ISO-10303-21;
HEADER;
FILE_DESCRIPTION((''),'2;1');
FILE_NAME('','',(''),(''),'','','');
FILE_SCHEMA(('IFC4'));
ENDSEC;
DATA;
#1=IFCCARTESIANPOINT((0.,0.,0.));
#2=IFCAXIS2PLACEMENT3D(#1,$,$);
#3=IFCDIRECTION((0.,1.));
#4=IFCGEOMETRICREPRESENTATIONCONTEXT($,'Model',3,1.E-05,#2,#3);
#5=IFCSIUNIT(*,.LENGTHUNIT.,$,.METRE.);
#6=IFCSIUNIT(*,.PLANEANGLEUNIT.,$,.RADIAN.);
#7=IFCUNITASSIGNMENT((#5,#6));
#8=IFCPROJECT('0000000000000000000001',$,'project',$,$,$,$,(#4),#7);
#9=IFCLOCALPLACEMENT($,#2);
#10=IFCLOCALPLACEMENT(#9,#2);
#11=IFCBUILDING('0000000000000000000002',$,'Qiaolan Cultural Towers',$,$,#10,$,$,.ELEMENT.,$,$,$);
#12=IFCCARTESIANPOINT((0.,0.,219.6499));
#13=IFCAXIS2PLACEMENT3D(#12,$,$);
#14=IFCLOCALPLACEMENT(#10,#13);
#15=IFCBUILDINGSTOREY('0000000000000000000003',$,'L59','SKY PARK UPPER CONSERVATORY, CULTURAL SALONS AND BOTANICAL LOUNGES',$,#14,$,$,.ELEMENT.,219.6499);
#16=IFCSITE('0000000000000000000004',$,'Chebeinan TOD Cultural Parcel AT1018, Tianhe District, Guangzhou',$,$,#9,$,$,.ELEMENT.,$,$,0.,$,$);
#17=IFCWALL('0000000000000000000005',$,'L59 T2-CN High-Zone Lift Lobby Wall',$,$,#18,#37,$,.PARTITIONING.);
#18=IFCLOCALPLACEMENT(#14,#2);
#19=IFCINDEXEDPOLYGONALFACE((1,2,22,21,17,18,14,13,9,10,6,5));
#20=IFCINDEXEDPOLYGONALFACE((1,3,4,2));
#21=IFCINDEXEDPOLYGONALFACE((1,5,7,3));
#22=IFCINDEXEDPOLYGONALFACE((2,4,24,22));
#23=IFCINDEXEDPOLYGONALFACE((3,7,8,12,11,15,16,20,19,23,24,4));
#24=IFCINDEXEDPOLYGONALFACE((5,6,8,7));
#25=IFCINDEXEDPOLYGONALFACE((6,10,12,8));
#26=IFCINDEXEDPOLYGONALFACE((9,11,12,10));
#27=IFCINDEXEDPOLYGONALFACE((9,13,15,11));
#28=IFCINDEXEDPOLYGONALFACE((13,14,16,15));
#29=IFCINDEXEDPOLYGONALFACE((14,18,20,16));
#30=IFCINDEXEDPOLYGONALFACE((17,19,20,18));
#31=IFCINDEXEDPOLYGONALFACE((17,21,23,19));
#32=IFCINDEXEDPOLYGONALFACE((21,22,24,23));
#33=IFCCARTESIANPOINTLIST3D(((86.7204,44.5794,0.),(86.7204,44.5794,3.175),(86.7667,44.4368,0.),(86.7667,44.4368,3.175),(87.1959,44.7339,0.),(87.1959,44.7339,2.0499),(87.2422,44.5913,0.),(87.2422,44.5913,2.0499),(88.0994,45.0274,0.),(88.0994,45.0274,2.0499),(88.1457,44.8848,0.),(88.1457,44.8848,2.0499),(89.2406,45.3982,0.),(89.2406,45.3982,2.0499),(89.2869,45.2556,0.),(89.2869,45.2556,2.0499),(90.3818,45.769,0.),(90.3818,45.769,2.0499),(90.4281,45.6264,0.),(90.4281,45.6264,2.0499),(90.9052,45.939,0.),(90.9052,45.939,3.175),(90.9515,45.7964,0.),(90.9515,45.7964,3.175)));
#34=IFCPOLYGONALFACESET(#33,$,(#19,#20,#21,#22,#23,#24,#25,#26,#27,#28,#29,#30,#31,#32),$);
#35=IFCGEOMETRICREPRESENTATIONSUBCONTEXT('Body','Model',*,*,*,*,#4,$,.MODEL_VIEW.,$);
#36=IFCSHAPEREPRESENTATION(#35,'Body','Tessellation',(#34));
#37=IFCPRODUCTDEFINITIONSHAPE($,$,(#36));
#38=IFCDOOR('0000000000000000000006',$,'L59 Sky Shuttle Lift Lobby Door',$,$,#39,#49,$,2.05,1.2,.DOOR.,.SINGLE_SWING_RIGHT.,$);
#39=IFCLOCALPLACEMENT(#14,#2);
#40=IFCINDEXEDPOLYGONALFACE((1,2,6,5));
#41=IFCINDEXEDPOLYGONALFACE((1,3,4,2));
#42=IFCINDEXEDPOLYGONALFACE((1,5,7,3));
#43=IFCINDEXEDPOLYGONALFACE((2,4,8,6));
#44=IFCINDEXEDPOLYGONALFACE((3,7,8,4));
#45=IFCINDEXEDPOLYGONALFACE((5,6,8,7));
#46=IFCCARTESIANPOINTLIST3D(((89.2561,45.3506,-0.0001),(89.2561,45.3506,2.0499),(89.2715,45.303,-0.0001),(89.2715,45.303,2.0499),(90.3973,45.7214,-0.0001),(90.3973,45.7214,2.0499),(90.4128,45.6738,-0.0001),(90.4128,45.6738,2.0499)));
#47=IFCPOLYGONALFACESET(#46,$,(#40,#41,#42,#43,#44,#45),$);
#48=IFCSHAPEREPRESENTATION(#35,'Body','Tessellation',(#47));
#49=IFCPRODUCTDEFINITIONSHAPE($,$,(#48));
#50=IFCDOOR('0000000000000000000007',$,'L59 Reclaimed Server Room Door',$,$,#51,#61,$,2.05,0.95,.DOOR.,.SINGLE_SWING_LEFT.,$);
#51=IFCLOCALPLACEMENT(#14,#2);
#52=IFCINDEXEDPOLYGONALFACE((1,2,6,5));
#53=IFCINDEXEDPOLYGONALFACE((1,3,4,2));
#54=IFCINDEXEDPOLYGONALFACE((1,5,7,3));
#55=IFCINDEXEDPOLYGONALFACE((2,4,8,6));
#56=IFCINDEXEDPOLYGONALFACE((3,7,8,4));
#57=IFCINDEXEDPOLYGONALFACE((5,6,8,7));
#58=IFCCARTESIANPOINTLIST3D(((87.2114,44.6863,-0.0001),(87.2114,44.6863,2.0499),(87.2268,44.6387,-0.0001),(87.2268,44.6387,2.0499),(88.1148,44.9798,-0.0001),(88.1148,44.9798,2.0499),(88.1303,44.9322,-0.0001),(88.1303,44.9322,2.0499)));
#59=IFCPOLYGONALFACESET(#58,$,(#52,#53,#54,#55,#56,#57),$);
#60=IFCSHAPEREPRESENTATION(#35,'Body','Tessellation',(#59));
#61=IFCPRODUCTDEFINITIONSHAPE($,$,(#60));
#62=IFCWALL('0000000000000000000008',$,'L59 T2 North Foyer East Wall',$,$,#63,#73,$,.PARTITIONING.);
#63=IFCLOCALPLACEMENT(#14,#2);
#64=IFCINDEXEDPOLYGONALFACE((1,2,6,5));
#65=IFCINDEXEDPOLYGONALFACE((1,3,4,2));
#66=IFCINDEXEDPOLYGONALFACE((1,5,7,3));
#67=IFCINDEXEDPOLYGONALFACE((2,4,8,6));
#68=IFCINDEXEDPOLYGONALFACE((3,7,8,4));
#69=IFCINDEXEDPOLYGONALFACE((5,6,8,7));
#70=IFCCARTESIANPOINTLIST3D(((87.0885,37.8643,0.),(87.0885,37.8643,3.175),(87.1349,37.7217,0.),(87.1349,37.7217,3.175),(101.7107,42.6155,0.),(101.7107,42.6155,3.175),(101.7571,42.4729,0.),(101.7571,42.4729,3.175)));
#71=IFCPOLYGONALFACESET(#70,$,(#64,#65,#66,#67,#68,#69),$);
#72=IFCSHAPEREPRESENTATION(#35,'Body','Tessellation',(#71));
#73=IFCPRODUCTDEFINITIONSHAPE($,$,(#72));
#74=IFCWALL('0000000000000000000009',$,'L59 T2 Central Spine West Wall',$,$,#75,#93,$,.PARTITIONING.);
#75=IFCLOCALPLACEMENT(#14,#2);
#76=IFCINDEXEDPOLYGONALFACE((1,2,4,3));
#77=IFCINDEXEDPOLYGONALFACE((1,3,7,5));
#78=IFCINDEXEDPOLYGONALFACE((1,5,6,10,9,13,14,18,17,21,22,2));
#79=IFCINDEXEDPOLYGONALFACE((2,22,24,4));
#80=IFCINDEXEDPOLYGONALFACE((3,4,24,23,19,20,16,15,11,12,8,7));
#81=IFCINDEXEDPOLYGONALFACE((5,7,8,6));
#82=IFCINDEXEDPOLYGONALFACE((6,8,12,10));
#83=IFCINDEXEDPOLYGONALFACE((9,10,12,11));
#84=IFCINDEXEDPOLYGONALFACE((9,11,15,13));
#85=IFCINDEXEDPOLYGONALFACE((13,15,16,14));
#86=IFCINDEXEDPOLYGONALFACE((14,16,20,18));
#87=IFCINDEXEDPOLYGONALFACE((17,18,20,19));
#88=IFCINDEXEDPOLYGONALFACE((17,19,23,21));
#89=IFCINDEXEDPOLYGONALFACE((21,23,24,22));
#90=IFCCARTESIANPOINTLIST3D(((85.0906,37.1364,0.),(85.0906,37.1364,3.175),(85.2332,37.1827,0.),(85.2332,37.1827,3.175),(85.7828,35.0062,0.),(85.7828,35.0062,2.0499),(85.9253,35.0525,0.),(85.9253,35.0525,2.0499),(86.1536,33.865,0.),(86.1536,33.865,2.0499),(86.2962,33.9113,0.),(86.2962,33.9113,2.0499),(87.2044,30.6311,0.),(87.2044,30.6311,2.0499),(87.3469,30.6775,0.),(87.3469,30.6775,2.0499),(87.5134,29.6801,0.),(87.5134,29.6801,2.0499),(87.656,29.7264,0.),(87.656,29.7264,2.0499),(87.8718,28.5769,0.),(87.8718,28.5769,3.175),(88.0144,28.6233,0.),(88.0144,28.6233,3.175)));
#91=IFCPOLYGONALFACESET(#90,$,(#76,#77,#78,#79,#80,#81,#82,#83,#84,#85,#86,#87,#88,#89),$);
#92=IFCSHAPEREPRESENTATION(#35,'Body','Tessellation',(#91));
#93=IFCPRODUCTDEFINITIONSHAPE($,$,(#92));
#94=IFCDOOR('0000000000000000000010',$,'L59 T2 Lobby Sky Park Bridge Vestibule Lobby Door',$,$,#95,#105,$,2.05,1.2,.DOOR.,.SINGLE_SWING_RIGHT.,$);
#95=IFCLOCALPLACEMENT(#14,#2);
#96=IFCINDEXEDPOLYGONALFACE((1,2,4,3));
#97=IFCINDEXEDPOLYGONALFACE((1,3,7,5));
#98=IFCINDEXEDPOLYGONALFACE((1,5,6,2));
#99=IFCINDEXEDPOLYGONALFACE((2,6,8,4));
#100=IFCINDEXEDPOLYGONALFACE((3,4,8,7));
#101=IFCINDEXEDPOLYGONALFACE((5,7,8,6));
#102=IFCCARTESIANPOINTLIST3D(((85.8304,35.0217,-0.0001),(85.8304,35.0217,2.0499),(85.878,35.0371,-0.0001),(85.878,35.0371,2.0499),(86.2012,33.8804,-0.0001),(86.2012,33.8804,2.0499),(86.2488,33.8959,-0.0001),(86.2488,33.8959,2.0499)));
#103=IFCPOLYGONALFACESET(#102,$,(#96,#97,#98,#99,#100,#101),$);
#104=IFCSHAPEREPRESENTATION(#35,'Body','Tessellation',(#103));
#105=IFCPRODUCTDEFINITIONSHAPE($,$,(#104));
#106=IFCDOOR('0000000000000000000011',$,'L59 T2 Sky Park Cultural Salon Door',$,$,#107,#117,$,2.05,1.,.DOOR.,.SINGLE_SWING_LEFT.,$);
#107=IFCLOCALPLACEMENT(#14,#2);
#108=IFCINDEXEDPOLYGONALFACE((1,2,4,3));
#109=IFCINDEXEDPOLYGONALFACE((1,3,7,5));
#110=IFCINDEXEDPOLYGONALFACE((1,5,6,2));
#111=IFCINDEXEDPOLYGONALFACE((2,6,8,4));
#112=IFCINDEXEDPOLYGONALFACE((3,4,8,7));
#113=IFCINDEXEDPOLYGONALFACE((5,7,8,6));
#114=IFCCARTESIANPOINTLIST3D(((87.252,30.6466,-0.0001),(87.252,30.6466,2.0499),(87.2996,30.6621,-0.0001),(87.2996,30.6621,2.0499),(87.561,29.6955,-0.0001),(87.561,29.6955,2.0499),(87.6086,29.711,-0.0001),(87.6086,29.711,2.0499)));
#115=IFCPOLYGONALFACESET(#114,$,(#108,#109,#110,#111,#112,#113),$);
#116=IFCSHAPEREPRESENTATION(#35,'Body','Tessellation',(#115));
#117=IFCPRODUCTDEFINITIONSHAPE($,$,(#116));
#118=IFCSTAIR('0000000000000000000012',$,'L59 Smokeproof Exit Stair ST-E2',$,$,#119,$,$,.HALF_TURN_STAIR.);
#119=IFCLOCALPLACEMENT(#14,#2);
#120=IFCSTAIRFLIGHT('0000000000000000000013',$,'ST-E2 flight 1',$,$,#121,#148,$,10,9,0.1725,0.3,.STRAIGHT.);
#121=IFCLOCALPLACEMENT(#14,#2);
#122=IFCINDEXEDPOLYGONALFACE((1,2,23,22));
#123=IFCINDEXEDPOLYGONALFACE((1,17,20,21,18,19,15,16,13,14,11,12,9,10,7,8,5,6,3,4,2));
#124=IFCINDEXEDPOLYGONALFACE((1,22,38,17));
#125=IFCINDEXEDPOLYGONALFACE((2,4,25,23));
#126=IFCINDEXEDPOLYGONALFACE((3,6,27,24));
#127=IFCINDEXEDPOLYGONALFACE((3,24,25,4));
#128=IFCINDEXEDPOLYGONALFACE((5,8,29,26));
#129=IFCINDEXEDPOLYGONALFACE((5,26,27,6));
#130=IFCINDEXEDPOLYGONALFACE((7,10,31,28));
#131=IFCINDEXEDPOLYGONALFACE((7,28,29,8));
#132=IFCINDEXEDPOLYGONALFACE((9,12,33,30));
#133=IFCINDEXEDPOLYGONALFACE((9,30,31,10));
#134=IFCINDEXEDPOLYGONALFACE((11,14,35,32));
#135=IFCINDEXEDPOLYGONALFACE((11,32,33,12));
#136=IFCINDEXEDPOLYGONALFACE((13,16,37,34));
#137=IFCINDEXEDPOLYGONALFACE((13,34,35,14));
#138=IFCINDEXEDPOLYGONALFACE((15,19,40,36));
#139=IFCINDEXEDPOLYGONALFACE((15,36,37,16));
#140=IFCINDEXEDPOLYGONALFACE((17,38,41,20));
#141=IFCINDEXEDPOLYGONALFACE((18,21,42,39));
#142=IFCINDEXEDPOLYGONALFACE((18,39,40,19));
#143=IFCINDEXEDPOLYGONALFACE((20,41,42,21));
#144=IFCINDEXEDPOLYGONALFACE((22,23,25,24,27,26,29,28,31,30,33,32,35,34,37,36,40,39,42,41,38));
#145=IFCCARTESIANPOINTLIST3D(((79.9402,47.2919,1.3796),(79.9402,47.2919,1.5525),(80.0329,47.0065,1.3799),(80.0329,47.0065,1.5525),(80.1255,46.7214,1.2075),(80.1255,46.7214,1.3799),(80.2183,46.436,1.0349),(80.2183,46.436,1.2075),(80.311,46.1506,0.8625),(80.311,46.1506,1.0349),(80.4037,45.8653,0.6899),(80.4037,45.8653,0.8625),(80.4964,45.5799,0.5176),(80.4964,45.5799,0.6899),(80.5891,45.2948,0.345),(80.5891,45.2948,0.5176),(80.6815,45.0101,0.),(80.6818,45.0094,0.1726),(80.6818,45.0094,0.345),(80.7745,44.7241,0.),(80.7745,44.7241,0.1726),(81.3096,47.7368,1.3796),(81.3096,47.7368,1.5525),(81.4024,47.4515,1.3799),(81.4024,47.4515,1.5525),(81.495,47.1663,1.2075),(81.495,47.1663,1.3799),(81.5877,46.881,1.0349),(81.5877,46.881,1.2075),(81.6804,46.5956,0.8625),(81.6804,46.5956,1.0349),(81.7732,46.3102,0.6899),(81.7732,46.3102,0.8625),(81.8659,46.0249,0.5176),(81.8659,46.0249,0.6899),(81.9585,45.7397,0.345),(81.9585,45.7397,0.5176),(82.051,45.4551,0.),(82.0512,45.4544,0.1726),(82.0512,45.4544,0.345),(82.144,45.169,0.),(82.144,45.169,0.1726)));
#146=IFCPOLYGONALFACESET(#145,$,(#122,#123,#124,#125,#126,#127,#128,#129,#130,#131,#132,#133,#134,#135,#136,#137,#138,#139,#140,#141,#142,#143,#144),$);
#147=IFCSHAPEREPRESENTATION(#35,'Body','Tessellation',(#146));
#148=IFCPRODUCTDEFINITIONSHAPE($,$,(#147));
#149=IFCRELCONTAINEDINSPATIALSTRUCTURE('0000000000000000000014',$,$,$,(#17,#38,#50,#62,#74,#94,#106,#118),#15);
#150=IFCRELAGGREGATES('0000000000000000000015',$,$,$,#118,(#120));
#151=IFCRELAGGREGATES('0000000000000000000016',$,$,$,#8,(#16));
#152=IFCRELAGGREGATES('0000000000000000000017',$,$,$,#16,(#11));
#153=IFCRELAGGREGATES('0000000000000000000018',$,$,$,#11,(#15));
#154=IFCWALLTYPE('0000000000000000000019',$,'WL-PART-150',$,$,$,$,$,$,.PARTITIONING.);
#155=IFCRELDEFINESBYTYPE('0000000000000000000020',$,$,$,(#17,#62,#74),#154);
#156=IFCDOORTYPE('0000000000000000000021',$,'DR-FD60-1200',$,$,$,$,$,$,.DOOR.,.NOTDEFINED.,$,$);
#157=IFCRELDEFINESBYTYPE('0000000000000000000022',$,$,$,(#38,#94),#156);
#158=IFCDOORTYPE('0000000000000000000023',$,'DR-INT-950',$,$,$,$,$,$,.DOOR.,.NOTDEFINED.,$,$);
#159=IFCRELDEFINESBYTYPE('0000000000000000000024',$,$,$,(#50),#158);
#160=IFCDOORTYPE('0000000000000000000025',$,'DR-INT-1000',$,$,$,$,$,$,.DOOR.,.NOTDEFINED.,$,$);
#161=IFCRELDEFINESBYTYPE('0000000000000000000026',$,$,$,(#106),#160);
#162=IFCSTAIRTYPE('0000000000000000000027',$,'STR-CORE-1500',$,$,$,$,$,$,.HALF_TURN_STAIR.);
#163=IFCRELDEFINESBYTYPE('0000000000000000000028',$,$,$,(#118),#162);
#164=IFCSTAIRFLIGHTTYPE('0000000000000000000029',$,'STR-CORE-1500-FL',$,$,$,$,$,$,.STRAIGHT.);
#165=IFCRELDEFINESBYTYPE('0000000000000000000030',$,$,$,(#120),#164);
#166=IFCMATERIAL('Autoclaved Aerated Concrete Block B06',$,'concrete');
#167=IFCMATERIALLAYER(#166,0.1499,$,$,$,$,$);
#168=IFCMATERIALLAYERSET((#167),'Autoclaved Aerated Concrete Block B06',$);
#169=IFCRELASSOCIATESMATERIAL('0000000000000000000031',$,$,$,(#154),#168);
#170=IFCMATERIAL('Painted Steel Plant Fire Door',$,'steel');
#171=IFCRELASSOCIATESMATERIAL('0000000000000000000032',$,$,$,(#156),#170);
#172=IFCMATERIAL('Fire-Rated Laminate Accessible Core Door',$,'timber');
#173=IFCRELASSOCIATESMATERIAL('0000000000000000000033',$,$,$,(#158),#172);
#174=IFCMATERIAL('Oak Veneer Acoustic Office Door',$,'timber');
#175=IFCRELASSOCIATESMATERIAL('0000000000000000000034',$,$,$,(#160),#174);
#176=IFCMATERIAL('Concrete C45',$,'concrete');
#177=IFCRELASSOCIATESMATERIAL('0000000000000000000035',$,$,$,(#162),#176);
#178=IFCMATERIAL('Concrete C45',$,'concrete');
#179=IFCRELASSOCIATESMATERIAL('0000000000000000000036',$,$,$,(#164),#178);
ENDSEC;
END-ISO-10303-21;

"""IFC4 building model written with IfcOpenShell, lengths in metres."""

from ifc_helpers import new_model, si_unit, direction, frame, frame_2d, origin, place, context, subcontext, project, spatial, polyline, rectangle, outline, extrude, material, layer, layer_set, type_object, element, fill, aggregate, save


model = new_model("IFC4")

# Units and contexts
model_context = context("Model", 3, precision=1e-05, world=origin(), true_north=direction((0.0, 1.0)))
body_context = subcontext(model_context, "Body", "Model", "MODEL_VIEW")
ifc_project = project(units=[si_unit("LENGTHUNIT", "METRE"), si_unit("PLANEANGLEUNIT", "RADIAN")], contexts=[model_context])

# Site, building, storey
site_placement = place(None, origin())
site = spatial("IfcSite", under=ifc_project, at=site_placement, Name="Chebeinan TOD Cultural Parcel AT1018, Tianhe District, Guangzhou", CompositionType="ELEMENT", RefElevation=0.0)
building_placement = place(site_placement, origin())
building = spatial("IfcBuilding", under=site, at=building_placement, Name="Qiaolan Cultural Towers", CompositionType="ELEMENT")
storey_placement = place(building_placement, frame((0.0, 0.0, 219.6499)))
storey = spatial("IfcBuildingStorey", under=building, at=storey_placement, Name="L59", Description="SKY PARK UPPER CONSERVATORY, CULTURAL SALONS AND BOTANICAL LOUNGES", CompositionType="ELEMENT", Elevation=219.6499)

# Wall, openings, doors
ifc_material_1 = material(Name="Autoclaved Aerated Concrete Block B06", Category="concrete")
ifc_layer_1 = layer(ifc_material_1, 0.1499)
ifc_layer_set_1 = layer_set([ifc_layer_1], Name="Autoclaved Aerated Concrete Block B06")
wall_type_1 = type_object("IfcWallType", Name="WL-PART-150", PredefinedType="PARTITIONING", material=ifc_layer_set_1)
wall_1_placement = place(storey_placement, frame((86.7434, 44.5081, 0.0), z_axis=(0.0, 0.0, 1.0), x_axis=(0.951064, 0.308994, 0.0)))
wall_1 = element("IfcWall", 1, at=wall_1_placement, inside=storey, type_object=wall_type_1, Name="L59 T2-CN High-Zone Lift Lobby Wall", PredefinedType="PARTITIONING", context=body_context, shape_type="SweptSolid", body=[
    extrude(rectangle(XDim=4.4001, YDim=0.1499, at=frame_2d((2.2002, 0.0))), origin(), (0.0, 0.0, 1.0), 3.175),
])
opening_1_placement = place(wall_1_placement, frame((0.5, 0.0, 0.0)))
opening_1 = element("IfcOpeningElement", 2, at=opening_1_placement, cuts=wall_1, PredefinedType="OPENING", context=body_context, shape_type="SweptSolid", body=[
    extrude(rectangle(XDim=0.95, YDim=2.05, at=frame_2d((0.4751, 1.0249))), frame((0.0, 0.085, 0.0), z_axis=(0.0, -1.0, 0.0), x_axis=(1.0, 0.0, 0.0)), (0.0, 0.0, 1.0), 0.1699),
])
opening_2_placement = place(wall_1_placement, frame((2.6499, 0.0, 0.0)))
opening_2 = element("IfcOpeningElement", 3, at=opening_2_placement, cuts=wall_1, PredefinedType="OPENING", context=body_context, shape_type="SweptSolid", body=[
    extrude(rectangle(XDim=1.2, YDim=2.05, at=frame_2d((0.6001, 1.0249))), frame((0.0, 0.085, 0.0), z_axis=(0.0, -1.0, 0.0), x_axis=(1.0, 0.0, 0.0)), (0.0, 0.0, 1.0), 0.1699),
])
ifc_material_2 = material(Name="Painted Steel Plant Fire Door", Category="steel")
door_type_1 = type_object("IfcDoorType", Name="DR-FD60-1200", OperationType="NOTDEFINED", PredefinedType="DOOR", material=ifc_material_2)
door_1_placement = place(opening_2_placement, origin())
door_1 = element("IfcDoor", 4, at=door_1_placement, inside=storey, type_object=door_type_1, Name="L59 Sky Shuttle Lift Lobby Door", OperationType="SINGLE_SWING_RIGHT", OverallHeight=2.05, OverallWidth=1.2, PredefinedType="DOOR", context=body_context, shape_type="SweptSolid", body=[
    extrude(rectangle(XDim=1.2, YDim=2.05, at=frame_2d((0.6001, 1.0249))), frame((0.0, 0.0249, 0.0), z_axis=(0.0, -1.0, 0.0), x_axis=(1.0, 0.0, 0.0)), (0.0, 0.0, 1.0), 0.05),
])
fill(opening_2, door_1)
ifc_material_3 = material(Name="Fire-Rated Laminate Accessible Core Door", Category="timber")
door_type_2 = type_object("IfcDoorType", Name="DR-INT-950", OperationType="NOTDEFINED", PredefinedType="DOOR", material=ifc_material_3)
door_2_placement = place(opening_1_placement, origin())
door_2 = element("IfcDoor", 5, at=door_2_placement, inside=storey, type_object=door_type_2, Name="L59 Reclaimed Server Room Door", OperationType="SINGLE_SWING_LEFT", OverallHeight=2.05, OverallWidth=0.95, PredefinedType="DOOR", context=body_context, shape_type="SweptSolid", body=[
    extrude(rectangle(XDim=0.95, YDim=2.05, at=frame_2d((0.4751, 1.0249))), frame((0.0, 0.0249, 0.0), z_axis=(0.0, -1.0, 0.0), x_axis=(1.0, 0.0, 0.0)), (0.0, 0.0, 1.0), 0.05),
])
fill(opening_1, door_2)

# Wall
wall_2_placement = place(storey_placement, frame((87.1116, 37.793, 0.0), z_axis=(0.0, 0.0, 1.0), x_axis=(0.951054, 0.309025, 0.0)))
element("IfcWall", 6, at=wall_2_placement, inside=storey, type_object=wall_type_1, Name="L59 T2 North Foyer East Wall", PredefinedType="PARTITIONING", context=body_context, shape_type="SweptSolid", body=[
    extrude(rectangle(XDim=15.3748, YDim=0.1499, at=frame_2d((7.6875, 0.0))), origin(), (0.0, 0.0, 1.0), 3.175),
])

# Wall, openings, doors
wall_3_placement = place(storey_placement, frame((87.9431, 28.6001, 0.0), z_axis=(0.0, 0.0, 1.0), x_axis=(-0.309025, 0.951054, 0.0)))
wall_3 = element("IfcWall", 7, at=wall_3_placement, inside=storey, type_object=wall_type_1, Name="L59 T2 Central Spine West Wall", PredefinedType="PARTITIONING", context=body_context, shape_type="SweptSolid", body=[
    extrude(rectangle(XDim=9.0, YDim=0.1499, at=frame_2d((4.5, 0.0))), origin(), (0.0, 0.0, 1.0), 3.175),
])
opening_3_placement = place(wall_3_placement, frame((1.1599, 0.0, 0.0)))
opening_3 = element("IfcOpeningElement", 8, at=opening_3_placement, cuts=wall_3, PredefinedType="OPENING", context=body_context, shape_type="SweptSolid", body=[
    extrude(rectangle(XDim=1.0, YDim=2.05, at=frame_2d((0.5, 1.0249))), frame((0.0, 0.085, 0.0), z_axis=(0.0, -1.0, 0.0), x_axis=(1.0, 0.0, 0.0)), (0.0, 0.0, 1.0), 0.1699),
])
opening_4_placement = place(wall_3_placement, frame((5.5601, 0.0, 0.0)))
opening_4 = element("IfcOpeningElement", 9, at=opening_4_placement, cuts=wall_3, PredefinedType="OPENING", context=body_context, shape_type="SweptSolid", body=[
    extrude(rectangle(XDim=1.2, YDim=2.05, at=frame_2d((0.6001, 1.0249))), frame((0.0, 0.085, 0.0), z_axis=(0.0, -1.0, 0.0), x_axis=(1.0, 0.0, 0.0)), (0.0, 0.0, 1.0), 0.1699),
])
door_3_placement = place(opening_4_placement, origin())
door_3 = element("IfcDoor", 10, at=door_3_placement, inside=storey, type_object=door_type_1, Name="L59 T2 Lobby Sky Park Bridge Vestibule Lobby Door", OperationType="SINGLE_SWING_RIGHT", OverallHeight=2.05, OverallWidth=1.2, PredefinedType="DOOR", context=body_context, shape_type="SweptSolid", body=[
    extrude(rectangle(XDim=1.2, YDim=2.05, at=frame_2d((0.6001, 1.0249))), frame((0.0, 0.0249, 0.0), z_axis=(0.0, -1.0, 0.0), x_axis=(1.0, 0.0, 0.0)), (0.0, 0.0, 1.0), 0.05),
])
fill(opening_4, door_3)
ifc_material_4 = material(Name="Oak Veneer Acoustic Office Door", Category="timber")
door_type_3 = type_object("IfcDoorType", Name="DR-INT-1000", OperationType="NOTDEFINED", PredefinedType="DOOR", material=ifc_material_4)
door_4_placement = place(opening_3_placement, origin())
door_4 = element("IfcDoor", 11, at=door_4_placement, inside=storey, type_object=door_type_3, Name="L59 T2 Sky Park Cultural Salon Door", OperationType="SINGLE_SWING_LEFT", OverallHeight=2.05, OverallWidth=1.0, PredefinedType="DOOR", context=body_context, shape_type="SweptSolid", body=[
    extrude(rectangle(XDim=1.0, YDim=2.05, at=frame_2d((0.5, 1.0249))), frame((0.0, 0.0249, 0.0), z_axis=(0.0, -1.0, 0.0), x_axis=(1.0, 0.0, 0.0)), (0.0, 0.0, 1.0), 0.05),
])
fill(opening_3, door_4)

# Stair, stair flight
ifc_material_5 = material(Name="Concrete C45", Category="concrete")
stair_type = type_object("IfcStairType", Name="STR-CORE-1500", PredefinedType="HALF_TURN_STAIR", material=ifc_material_5)
stair_placement = place(storey_placement, origin())
stair = element("IfcStair", 12, at=stair_placement, inside=storey, type_object=stair_type, Name="L59 Smokeproof Exit Stair ST-E2", PredefinedType="HALF_TURN_STAIR")
ifc_material_6 = material(Name="Concrete C45", Category="concrete")
stair_flight_type = type_object("IfcStairFlightType", Name="STR-CORE-1500-FL", PredefinedType="STRAIGHT", material=ifc_material_6)
stair_flight_placement = place(storey_placement, frame((81.4592, 44.9465, 0.0), z_axis=(0.0, 0.0, 1.0), x_axis=(-0.309017, 0.951057, 0.0)))
stair_flight = element("IfcStairFlight", 13, at=stair_flight_placement, type_object=stair_flight_type, Name="ST-E2 flight 1", NumberOfRisers=10, NumberOfTreads=9, PredefinedType="STRAIGHT", RiserHeight=0.1725, TreadLength=0.3, context=body_context, shape_type="SweptSolid", body=[
    extrude(outline(polyline([(0.0, 0.0), (0.0, 0.1726), (0.3, 0.1726), (0.3, 0.345), (0.6001, 0.345), (0.6001, 0.5176), (0.8999, 0.5176), (0.8999, 0.6899), (1.2, 0.6899), (1.2, 0.8625), (1.5, 0.8625), (1.5, 1.0349), (1.8, 1.0349), (1.8, 1.2075), (2.1001, 1.2075), (2.1001, 1.3799), (2.3999, 1.3799), (2.3999, 1.5525), (2.7, 1.5525), (2.7, 1.7251), (2.7, 1.3796), (0.3008, 0.0), (0.0, 0.0)])), frame((0.0, 0.72, 0.0), z_axis=(0.0, -1.0, 0.0), x_axis=(1.0, 0.0, 0.0)), (0.0, 0.0, 1.0), 1.4399),
])
aggregate(stair, [stair_flight])

save(model, "model.ifc")
